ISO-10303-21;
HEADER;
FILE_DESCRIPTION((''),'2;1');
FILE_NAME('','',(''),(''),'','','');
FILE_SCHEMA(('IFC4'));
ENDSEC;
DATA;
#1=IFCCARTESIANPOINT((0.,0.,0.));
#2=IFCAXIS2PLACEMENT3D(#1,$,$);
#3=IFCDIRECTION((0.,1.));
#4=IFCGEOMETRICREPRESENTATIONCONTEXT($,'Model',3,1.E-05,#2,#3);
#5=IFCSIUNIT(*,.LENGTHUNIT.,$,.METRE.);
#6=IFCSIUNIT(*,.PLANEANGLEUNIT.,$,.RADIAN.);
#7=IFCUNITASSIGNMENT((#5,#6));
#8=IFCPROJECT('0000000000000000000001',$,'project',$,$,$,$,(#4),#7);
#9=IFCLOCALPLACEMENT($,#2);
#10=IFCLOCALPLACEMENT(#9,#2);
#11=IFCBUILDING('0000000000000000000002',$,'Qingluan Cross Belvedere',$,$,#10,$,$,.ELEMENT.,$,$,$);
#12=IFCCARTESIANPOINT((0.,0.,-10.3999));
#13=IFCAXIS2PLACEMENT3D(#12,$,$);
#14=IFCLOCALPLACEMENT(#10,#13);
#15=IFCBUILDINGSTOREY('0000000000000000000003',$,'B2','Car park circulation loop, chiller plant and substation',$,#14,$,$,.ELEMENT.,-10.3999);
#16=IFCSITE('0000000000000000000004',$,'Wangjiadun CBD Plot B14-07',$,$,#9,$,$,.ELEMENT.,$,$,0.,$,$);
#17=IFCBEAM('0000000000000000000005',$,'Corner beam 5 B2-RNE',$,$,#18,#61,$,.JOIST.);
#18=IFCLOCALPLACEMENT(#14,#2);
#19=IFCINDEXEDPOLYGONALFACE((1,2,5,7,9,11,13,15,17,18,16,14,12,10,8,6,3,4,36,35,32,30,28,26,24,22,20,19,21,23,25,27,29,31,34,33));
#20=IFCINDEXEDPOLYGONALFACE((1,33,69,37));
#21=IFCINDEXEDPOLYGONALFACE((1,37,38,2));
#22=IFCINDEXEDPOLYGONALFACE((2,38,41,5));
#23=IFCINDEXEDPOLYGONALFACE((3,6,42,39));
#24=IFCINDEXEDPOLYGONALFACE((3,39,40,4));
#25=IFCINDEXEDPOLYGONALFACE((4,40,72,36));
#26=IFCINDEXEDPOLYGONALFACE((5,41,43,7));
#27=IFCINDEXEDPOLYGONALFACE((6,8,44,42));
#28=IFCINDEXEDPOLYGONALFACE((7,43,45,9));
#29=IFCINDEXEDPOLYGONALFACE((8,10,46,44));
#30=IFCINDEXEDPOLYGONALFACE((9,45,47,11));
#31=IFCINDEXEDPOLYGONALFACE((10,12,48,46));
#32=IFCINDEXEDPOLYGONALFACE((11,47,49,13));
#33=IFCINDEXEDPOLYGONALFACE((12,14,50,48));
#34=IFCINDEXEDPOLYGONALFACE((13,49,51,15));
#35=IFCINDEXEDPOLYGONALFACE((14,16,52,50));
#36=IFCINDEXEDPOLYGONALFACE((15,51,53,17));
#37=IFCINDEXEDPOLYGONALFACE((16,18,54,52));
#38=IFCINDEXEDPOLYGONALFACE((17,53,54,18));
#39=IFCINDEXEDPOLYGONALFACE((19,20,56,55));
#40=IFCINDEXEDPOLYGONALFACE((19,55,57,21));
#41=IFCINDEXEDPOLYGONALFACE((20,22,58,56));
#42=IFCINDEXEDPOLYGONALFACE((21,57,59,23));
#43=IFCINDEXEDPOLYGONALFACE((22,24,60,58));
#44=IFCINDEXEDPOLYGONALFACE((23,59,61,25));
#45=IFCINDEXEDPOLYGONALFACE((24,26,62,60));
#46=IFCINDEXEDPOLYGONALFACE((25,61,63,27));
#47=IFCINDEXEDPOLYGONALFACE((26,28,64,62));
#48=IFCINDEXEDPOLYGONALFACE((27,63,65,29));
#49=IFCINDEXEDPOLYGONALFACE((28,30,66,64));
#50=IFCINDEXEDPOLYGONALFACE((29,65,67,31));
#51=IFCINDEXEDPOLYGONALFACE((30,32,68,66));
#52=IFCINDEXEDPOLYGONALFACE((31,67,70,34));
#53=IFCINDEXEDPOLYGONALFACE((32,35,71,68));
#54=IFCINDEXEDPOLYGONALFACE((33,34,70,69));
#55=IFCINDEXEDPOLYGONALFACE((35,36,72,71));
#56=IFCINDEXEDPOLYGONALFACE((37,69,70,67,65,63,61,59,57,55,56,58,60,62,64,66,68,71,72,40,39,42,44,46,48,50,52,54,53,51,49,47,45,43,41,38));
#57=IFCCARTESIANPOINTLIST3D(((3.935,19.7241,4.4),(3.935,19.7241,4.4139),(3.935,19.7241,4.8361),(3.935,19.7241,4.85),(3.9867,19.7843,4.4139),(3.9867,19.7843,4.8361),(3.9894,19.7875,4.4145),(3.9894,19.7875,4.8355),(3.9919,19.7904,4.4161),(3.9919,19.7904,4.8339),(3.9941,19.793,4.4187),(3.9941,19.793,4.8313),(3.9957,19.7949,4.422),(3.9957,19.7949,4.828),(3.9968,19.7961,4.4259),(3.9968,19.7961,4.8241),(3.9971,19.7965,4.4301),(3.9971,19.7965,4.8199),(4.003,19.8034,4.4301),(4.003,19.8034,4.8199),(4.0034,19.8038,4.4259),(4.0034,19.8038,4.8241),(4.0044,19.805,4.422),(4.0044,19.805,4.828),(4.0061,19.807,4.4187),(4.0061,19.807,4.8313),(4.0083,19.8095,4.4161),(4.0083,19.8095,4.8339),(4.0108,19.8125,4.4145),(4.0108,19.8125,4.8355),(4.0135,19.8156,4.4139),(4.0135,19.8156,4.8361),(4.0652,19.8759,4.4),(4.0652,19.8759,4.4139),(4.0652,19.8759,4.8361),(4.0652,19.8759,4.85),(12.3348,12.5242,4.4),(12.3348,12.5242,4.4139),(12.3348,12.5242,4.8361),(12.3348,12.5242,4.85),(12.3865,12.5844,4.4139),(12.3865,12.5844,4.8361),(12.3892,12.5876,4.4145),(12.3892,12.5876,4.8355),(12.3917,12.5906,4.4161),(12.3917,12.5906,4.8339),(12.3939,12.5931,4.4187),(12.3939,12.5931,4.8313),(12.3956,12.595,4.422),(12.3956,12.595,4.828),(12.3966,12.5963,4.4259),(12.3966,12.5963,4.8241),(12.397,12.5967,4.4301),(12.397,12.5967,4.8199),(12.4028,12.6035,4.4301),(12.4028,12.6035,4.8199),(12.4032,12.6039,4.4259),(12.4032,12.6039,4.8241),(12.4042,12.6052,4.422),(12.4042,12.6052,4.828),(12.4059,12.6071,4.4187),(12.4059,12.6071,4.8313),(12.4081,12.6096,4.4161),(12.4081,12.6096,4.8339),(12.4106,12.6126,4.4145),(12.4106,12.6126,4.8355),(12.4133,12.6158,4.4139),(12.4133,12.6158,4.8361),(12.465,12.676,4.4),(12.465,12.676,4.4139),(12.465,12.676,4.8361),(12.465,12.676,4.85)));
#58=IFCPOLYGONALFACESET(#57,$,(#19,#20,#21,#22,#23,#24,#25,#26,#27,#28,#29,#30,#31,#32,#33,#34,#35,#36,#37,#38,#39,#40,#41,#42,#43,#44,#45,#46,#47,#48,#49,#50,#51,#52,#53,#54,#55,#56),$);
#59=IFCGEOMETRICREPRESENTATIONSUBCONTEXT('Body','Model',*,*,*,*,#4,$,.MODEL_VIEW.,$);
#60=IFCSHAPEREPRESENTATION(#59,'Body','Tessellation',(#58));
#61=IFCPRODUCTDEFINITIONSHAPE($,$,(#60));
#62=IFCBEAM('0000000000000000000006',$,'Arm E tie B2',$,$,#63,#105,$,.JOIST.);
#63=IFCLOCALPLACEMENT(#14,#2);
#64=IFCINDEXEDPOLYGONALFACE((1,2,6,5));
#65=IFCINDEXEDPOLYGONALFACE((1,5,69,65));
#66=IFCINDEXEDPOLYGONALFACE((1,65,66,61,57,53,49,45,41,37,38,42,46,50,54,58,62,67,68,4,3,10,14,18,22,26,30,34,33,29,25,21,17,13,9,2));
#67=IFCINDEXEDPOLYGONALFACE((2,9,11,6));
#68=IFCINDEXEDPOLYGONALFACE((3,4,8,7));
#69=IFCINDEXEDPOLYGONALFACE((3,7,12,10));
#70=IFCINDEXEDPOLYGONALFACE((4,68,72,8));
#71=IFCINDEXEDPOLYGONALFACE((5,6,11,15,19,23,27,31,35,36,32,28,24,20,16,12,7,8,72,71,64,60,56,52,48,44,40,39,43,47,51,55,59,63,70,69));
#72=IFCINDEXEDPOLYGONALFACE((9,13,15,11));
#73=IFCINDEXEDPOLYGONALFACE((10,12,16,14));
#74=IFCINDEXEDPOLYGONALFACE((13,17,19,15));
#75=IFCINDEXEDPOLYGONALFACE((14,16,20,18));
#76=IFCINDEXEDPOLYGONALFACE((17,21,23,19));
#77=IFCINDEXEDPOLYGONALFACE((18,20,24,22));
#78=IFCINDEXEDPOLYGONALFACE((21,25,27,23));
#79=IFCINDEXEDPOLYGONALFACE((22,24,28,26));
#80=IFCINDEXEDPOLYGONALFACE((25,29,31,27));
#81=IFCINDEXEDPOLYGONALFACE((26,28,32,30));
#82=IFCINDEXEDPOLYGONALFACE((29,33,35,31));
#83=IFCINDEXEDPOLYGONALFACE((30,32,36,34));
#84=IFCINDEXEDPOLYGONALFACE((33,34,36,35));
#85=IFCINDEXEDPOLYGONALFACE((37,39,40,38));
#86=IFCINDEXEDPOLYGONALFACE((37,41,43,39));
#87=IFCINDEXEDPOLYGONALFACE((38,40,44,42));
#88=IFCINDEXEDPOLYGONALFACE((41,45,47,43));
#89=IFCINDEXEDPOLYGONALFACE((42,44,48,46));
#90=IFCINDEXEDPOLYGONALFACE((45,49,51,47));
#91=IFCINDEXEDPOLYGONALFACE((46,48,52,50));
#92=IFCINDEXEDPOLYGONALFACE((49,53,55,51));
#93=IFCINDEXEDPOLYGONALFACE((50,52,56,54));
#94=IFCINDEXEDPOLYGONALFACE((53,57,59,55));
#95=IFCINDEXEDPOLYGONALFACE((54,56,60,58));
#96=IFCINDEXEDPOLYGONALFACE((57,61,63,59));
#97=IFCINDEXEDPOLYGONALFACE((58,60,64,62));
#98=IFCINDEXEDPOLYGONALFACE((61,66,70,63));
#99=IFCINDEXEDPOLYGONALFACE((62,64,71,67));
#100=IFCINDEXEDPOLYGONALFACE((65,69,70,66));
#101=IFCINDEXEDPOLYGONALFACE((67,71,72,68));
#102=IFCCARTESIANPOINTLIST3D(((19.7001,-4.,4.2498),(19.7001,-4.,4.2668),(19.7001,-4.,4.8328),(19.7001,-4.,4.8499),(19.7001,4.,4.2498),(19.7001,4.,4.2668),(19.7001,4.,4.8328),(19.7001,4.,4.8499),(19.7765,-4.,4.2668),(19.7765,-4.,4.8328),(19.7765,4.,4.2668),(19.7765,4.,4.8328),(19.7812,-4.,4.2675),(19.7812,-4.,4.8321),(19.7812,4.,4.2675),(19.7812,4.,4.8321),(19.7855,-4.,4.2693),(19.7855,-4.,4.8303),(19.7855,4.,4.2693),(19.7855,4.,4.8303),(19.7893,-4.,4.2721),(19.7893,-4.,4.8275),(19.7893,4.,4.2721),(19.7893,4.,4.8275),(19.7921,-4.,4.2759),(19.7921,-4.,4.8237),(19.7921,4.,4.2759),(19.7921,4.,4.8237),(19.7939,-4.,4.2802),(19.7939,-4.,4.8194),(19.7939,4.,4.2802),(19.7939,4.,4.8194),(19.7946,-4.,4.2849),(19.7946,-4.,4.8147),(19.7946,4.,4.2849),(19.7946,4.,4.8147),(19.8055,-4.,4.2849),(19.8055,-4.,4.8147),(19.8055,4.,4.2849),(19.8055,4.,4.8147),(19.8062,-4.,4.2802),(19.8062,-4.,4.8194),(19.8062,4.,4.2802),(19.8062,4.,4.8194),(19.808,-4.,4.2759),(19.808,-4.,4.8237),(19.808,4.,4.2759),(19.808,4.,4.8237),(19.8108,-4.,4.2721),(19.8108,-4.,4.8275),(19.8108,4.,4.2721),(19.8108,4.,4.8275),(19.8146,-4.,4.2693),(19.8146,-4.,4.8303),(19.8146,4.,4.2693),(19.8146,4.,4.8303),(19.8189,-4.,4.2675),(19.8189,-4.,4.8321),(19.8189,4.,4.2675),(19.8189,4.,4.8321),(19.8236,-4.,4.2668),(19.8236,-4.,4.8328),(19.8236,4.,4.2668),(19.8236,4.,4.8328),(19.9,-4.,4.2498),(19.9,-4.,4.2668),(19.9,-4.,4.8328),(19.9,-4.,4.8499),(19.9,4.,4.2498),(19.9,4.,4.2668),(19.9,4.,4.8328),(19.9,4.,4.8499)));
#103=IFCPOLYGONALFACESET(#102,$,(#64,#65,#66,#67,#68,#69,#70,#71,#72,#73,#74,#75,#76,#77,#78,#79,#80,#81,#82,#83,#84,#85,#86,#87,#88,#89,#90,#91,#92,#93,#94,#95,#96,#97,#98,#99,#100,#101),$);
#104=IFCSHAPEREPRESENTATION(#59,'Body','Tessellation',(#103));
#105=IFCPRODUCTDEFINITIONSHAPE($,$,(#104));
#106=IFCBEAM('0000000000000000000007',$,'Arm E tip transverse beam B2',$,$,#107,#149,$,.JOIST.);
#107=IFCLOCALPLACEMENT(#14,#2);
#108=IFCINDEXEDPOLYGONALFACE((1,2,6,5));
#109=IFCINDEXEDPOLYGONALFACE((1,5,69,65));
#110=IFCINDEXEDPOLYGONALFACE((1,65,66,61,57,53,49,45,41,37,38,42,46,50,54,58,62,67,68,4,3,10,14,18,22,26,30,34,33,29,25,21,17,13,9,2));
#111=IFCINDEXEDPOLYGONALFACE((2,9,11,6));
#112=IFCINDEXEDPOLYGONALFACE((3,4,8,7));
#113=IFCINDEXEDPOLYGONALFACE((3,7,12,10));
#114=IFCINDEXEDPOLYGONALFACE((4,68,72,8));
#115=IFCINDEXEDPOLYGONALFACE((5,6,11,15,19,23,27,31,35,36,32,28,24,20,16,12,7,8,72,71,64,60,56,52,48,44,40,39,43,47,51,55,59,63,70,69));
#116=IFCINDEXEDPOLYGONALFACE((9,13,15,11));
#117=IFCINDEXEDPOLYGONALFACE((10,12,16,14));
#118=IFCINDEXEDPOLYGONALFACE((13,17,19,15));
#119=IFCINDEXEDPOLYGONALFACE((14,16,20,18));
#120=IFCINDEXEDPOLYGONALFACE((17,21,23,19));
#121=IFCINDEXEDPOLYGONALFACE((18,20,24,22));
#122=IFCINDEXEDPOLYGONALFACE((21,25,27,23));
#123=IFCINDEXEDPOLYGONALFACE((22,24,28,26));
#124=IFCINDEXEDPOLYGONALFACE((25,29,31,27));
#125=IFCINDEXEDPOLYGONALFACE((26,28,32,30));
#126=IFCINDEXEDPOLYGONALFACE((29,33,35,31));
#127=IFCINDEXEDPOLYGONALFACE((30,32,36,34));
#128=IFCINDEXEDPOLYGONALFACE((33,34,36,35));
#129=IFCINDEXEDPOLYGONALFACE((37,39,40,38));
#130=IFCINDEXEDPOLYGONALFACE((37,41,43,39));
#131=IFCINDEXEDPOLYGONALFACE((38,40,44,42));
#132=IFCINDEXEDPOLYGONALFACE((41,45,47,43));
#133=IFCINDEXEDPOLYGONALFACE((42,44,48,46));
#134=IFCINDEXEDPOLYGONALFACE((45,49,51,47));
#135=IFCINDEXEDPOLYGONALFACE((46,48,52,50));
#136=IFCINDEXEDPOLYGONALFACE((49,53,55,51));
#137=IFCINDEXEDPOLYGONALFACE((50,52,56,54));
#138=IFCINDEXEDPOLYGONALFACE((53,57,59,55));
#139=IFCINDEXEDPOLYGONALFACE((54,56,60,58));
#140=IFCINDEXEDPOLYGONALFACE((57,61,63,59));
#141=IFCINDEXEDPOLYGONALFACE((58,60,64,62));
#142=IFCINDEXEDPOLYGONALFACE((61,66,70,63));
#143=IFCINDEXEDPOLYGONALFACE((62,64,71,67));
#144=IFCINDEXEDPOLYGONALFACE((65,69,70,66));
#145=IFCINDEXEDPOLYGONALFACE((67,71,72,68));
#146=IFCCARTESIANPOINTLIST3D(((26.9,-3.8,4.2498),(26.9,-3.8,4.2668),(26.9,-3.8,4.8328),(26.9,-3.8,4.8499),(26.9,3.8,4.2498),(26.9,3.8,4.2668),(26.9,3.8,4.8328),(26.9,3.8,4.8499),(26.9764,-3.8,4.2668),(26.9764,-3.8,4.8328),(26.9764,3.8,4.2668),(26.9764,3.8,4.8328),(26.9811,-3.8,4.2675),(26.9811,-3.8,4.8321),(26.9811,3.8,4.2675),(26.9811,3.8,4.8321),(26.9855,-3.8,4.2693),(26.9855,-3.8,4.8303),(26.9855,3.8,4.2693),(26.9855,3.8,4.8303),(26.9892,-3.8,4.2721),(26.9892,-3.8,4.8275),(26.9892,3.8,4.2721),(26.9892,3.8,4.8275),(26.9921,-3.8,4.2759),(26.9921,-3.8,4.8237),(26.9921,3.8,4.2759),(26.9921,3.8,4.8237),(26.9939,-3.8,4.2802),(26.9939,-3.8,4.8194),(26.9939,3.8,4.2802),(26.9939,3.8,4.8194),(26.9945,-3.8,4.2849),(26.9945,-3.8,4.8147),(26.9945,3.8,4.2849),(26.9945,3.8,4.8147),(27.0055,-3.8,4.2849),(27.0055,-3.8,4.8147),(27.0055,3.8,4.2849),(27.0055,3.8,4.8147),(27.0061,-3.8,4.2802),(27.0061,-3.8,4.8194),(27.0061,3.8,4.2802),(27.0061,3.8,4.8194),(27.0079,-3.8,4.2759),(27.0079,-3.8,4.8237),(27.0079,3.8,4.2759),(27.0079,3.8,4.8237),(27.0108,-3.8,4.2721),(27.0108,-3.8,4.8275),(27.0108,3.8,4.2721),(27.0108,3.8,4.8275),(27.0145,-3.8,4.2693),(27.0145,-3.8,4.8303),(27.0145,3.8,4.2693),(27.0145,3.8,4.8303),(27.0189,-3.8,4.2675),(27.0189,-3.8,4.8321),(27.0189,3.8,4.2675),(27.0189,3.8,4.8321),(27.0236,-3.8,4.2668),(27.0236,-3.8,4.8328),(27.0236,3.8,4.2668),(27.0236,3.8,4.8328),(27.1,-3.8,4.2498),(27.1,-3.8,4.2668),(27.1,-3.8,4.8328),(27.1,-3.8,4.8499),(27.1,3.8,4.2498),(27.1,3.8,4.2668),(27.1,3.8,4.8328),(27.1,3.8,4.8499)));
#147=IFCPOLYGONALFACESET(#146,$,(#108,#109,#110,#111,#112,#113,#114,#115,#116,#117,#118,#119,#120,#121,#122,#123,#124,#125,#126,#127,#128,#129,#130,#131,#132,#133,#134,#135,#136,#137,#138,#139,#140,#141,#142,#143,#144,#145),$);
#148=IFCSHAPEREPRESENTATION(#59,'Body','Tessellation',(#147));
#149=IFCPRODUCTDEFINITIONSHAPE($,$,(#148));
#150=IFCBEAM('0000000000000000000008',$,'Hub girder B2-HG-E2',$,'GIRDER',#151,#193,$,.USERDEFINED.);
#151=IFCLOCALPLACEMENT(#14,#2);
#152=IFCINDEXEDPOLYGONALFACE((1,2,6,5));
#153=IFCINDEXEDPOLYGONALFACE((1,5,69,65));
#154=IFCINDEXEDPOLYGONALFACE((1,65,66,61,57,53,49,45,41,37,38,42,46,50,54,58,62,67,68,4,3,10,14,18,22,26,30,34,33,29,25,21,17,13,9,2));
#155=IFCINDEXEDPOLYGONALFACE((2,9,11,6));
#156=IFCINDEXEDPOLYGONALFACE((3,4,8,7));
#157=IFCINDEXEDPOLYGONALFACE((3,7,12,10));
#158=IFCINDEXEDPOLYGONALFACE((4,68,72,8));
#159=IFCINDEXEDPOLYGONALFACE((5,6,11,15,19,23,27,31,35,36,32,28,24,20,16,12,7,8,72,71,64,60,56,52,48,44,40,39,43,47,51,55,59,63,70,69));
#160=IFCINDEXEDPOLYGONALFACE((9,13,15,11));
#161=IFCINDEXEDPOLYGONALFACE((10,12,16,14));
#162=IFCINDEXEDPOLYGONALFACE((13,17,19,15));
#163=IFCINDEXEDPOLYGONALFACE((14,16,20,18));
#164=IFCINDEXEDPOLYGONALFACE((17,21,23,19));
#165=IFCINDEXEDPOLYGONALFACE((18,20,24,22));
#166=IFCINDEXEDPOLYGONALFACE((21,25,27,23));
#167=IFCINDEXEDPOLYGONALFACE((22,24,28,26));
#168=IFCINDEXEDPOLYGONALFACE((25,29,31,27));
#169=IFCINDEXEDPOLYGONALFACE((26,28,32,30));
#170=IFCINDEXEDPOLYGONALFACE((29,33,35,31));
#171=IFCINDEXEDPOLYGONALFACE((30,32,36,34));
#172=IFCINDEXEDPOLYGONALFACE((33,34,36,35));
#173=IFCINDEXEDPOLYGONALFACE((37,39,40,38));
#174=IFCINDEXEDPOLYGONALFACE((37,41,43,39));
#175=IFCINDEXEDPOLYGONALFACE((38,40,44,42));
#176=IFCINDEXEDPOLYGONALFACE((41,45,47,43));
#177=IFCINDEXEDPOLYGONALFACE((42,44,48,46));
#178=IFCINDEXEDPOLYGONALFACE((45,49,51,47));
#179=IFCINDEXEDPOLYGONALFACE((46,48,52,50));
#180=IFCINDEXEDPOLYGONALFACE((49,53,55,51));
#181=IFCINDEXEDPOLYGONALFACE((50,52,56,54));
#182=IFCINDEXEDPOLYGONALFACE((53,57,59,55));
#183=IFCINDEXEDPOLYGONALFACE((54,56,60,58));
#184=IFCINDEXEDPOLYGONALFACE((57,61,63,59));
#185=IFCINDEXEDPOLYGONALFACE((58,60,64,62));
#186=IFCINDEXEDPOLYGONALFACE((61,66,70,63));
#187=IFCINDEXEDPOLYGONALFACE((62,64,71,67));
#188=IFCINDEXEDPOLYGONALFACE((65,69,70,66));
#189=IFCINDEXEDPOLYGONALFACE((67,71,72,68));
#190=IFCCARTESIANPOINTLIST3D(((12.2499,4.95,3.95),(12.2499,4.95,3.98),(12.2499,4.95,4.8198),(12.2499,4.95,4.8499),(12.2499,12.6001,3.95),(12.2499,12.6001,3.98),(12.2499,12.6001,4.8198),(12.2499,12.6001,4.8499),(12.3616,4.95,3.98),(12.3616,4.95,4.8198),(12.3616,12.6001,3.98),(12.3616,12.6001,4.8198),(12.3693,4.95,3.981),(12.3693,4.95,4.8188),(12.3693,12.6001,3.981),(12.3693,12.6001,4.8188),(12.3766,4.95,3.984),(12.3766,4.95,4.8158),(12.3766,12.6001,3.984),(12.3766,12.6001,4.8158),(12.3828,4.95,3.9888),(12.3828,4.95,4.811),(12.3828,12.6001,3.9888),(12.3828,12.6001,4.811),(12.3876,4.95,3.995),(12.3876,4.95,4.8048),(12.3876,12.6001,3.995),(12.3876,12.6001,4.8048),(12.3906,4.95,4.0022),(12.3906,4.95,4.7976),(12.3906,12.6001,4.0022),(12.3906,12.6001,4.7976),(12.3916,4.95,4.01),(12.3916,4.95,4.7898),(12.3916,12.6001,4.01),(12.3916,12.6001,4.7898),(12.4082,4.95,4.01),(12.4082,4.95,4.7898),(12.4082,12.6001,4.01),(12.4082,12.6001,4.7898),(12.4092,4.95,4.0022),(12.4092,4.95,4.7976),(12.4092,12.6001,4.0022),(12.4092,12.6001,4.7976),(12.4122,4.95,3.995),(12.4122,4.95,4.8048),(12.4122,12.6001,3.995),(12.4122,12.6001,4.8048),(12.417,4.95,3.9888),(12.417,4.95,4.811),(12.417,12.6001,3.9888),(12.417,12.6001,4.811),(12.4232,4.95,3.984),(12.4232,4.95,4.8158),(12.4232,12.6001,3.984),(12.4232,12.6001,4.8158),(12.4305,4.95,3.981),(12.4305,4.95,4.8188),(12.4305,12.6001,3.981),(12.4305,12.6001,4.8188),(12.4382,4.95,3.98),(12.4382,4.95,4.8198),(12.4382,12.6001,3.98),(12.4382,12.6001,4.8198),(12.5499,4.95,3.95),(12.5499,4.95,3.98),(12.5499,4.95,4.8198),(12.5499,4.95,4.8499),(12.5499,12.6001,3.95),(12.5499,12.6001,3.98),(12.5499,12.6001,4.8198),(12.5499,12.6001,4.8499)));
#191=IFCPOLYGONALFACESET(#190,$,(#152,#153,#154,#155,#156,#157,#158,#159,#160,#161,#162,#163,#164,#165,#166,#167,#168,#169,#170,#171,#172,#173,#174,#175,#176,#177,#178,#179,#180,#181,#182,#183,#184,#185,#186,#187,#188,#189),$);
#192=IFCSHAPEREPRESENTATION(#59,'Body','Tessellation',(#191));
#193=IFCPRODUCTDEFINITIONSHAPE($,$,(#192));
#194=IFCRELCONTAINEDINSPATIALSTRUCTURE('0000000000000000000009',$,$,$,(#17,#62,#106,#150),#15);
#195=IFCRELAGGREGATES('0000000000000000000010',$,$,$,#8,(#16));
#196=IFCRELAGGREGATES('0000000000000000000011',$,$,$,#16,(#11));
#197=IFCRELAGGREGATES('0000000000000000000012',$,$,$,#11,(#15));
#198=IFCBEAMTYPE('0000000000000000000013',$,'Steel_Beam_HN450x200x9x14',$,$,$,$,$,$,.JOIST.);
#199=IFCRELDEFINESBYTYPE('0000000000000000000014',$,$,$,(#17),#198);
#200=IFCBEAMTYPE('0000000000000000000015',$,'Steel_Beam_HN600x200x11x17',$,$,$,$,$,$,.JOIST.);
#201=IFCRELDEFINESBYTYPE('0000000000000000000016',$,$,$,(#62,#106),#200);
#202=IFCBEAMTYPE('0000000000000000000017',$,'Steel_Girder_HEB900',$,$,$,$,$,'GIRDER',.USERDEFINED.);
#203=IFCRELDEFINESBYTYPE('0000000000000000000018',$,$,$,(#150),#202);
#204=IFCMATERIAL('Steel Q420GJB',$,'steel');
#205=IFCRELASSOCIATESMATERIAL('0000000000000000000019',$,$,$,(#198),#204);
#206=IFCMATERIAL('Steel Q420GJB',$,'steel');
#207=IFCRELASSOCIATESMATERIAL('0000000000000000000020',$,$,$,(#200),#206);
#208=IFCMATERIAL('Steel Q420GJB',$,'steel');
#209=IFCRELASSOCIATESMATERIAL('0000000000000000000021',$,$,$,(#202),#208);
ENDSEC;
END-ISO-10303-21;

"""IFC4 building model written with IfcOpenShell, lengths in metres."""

from ifc_helpers import new_model, si_unit, direction, frame, origin, origin_2d, place, context, subcontext, project, spatial, i_section, extrude, material, material_profile, profile_set, type_object, element, save


model = new_model("IFC4")

# Units and contexts
model_context = context("Model", 3, precision=1e-05, world=origin(), true_north=direction((0.0, 1.0)))
body_context = subcontext(model_context, "Body", "Model", "MODEL_VIEW")
ifc_project = project(units=[si_unit("LENGTHUNIT", "METRE"), si_unit("PLANEANGLEUNIT", "RADIAN")], contexts=[model_context])

# Site, building, storey
site_placement = place(None, origin())
site = spatial("IfcSite", under=ifc_project, at=site_placement, Name="Wangjiadun CBD Plot B14-07", CompositionType="ELEMENT", RefElevation=0.0)
building_placement = place(site_placement, origin())
building = spatial("IfcBuilding", under=site, at=building_placement, Name="Qingluan Cross Belvedere", CompositionType="ELEMENT")
storey_placement = place(building_placement, frame((0.0, 0.0, -10.3999)))
storey = spatial("IfcBuildingStorey", under=building, at=storey_placement, Name="B2", Description="Car park circulation loop, chiller plant and substation", CompositionType="ELEMENT", Elevation=-10.3999)

# Beams
ifc_material_1 = material(Name="Steel Q420GJB", Category="steel")
ifc_material_profile_1 = material_profile(ifc_material_1, i_section(OverallWidth=0.2, OverallDepth=0.45, WebThickness=0.009, FlangeThickness=0.0139, FilletRadius=0.0161, at=origin_2d()), Name="HN450x200x9x14")
ifc_profile_set_1 = profile_set([ifc_material_profile_1], Name="Steel Q420GJB")
beam_type_1 = type_object("IfcBeamType", Name="Steel_Beam_HN450x200x9x14", PredefinedType="JOIST", material=ifc_profile_set_1)
beam_1_placement = place(storey_placement, frame((12.3999, 12.6001, 4.625), z_axis=(-0.759255, 0.650793, 0.0), x_axis=(-0.650793, -0.759255, 0.0)))
element("IfcBeam", 1, at=beam_1_placement, inside=storey, type_object=beam_type_1, Name="Corner beam 5 B2-RNE", PredefinedType="JOIST", context=body_context, shape_type="SweptSolid", body=[
    extrude(i_section(OverallWidth=0.2, OverallDepth=0.45, WebThickness=0.009, FlangeThickness=0.0139, FilletRadius=0.0161, at=origin_2d()), origin(), (0.0, 0.0, 1.0), 11.0632),
])
ifc_material_2 = material(Name="Steel Q420GJB", Category="steel")
ifc_material_profile_2 = material_profile(ifc_material_2, i_section(OverallWidth=0.2, OverallDepth=0.6001, WebThickness=0.011, FlangeThickness=0.0171, FilletRadius=0.0181, at=origin_2d()), Name="HN600x200x11x17")
ifc_profile_set_2 = profile_set([ifc_material_profile_2], Name="Steel Q420GJB")
beam_type_2 = type_object("IfcBeamType", Name="Steel_Beam_HN600x200x11x17", PredefinedType="JOIST", material=ifc_profile_set_2)
beam_2_placement = place(storey_placement, frame((19.8, -4.0, 4.5498), z_axis=(0.0, 1.0, 0.0), x_axis=(-1.0, 0.0, 0.0)))
element("IfcBeam", 2, at=beam_2_placement, inside=storey, type_object=beam_type_2, Name="Arm E tie B2", PredefinedType="JOIST", context=body_context, shape_type="SweptSolid", body=[
    extrude(i_section(OverallWidth=0.2, OverallDepth=0.6001, WebThickness=0.011, FlangeThickness=0.0171, FilletRadius=0.0181, at=origin_2d()), origin(), (0.0, 0.0, 1.0), 8.0),
])
beam_3_placement = place(storey_placement, frame((27.0, -3.8, 4.5498), z_axis=(0.0, 1.0, 0.0), x_axis=(-1.0, 0.0, 0.0)))
element("IfcBeam", 3, at=beam_3_placement, inside=storey, type_object=beam_type_2, Name="Arm E tip transverse beam B2", PredefinedType="JOIST", context=body_context, shape_type="SweptSolid", body=[
    extrude(i_section(OverallWidth=0.2, OverallDepth=0.6001, WebThickness=0.011, FlangeThickness=0.0171, FilletRadius=0.0181, at=origin_2d()), origin(), (0.0, 0.0, 1.0), 7.6001),
])
ifc_material_3 = material(Name="Steel Q420GJB", Category="steel")
ifc_material_profile_3 = material_profile(ifc_material_3, i_section(OverallWidth=0.3, OverallDepth=0.8999, WebThickness=0.0166, FlangeThickness=0.03, FilletRadius=0.03, at=origin_2d()), Name="HEB900")
ifc_profile_set_3 = profile_set([ifc_material_profile_3], Name="Steel Q420GJB")
beam_type_3 = type_object("IfcBeamType", Name="Steel_Girder_HEB900", ElementType="GIRDER", PredefinedType="USERDEFINED", material=ifc_profile_set_3)
beam_4_placement = place(storey_placement, frame((12.3999, 4.95, 4.3999), z_axis=(0.0, 1.0, 0.0), x_axis=(-1.0, 0.0, 0.0)))
element("IfcBeam", 4, at=beam_4_placement, inside=storey, type_object=beam_type_3, Name="Hub girder B2-HG-E2", ObjectType="GIRDER", PredefinedType="USERDEFINED", context=body_context, shape_type="SweptSolid", body=[
    extrude(i_section(OverallWidth=0.3, OverallDepth=0.8999, WebThickness=0.0166, FlangeThickness=0.03, FilletRadius=0.03, at=origin_2d()), origin(), (0.0, 0.0, 1.0), 7.6501),
])

save(model, "model.ifc")
